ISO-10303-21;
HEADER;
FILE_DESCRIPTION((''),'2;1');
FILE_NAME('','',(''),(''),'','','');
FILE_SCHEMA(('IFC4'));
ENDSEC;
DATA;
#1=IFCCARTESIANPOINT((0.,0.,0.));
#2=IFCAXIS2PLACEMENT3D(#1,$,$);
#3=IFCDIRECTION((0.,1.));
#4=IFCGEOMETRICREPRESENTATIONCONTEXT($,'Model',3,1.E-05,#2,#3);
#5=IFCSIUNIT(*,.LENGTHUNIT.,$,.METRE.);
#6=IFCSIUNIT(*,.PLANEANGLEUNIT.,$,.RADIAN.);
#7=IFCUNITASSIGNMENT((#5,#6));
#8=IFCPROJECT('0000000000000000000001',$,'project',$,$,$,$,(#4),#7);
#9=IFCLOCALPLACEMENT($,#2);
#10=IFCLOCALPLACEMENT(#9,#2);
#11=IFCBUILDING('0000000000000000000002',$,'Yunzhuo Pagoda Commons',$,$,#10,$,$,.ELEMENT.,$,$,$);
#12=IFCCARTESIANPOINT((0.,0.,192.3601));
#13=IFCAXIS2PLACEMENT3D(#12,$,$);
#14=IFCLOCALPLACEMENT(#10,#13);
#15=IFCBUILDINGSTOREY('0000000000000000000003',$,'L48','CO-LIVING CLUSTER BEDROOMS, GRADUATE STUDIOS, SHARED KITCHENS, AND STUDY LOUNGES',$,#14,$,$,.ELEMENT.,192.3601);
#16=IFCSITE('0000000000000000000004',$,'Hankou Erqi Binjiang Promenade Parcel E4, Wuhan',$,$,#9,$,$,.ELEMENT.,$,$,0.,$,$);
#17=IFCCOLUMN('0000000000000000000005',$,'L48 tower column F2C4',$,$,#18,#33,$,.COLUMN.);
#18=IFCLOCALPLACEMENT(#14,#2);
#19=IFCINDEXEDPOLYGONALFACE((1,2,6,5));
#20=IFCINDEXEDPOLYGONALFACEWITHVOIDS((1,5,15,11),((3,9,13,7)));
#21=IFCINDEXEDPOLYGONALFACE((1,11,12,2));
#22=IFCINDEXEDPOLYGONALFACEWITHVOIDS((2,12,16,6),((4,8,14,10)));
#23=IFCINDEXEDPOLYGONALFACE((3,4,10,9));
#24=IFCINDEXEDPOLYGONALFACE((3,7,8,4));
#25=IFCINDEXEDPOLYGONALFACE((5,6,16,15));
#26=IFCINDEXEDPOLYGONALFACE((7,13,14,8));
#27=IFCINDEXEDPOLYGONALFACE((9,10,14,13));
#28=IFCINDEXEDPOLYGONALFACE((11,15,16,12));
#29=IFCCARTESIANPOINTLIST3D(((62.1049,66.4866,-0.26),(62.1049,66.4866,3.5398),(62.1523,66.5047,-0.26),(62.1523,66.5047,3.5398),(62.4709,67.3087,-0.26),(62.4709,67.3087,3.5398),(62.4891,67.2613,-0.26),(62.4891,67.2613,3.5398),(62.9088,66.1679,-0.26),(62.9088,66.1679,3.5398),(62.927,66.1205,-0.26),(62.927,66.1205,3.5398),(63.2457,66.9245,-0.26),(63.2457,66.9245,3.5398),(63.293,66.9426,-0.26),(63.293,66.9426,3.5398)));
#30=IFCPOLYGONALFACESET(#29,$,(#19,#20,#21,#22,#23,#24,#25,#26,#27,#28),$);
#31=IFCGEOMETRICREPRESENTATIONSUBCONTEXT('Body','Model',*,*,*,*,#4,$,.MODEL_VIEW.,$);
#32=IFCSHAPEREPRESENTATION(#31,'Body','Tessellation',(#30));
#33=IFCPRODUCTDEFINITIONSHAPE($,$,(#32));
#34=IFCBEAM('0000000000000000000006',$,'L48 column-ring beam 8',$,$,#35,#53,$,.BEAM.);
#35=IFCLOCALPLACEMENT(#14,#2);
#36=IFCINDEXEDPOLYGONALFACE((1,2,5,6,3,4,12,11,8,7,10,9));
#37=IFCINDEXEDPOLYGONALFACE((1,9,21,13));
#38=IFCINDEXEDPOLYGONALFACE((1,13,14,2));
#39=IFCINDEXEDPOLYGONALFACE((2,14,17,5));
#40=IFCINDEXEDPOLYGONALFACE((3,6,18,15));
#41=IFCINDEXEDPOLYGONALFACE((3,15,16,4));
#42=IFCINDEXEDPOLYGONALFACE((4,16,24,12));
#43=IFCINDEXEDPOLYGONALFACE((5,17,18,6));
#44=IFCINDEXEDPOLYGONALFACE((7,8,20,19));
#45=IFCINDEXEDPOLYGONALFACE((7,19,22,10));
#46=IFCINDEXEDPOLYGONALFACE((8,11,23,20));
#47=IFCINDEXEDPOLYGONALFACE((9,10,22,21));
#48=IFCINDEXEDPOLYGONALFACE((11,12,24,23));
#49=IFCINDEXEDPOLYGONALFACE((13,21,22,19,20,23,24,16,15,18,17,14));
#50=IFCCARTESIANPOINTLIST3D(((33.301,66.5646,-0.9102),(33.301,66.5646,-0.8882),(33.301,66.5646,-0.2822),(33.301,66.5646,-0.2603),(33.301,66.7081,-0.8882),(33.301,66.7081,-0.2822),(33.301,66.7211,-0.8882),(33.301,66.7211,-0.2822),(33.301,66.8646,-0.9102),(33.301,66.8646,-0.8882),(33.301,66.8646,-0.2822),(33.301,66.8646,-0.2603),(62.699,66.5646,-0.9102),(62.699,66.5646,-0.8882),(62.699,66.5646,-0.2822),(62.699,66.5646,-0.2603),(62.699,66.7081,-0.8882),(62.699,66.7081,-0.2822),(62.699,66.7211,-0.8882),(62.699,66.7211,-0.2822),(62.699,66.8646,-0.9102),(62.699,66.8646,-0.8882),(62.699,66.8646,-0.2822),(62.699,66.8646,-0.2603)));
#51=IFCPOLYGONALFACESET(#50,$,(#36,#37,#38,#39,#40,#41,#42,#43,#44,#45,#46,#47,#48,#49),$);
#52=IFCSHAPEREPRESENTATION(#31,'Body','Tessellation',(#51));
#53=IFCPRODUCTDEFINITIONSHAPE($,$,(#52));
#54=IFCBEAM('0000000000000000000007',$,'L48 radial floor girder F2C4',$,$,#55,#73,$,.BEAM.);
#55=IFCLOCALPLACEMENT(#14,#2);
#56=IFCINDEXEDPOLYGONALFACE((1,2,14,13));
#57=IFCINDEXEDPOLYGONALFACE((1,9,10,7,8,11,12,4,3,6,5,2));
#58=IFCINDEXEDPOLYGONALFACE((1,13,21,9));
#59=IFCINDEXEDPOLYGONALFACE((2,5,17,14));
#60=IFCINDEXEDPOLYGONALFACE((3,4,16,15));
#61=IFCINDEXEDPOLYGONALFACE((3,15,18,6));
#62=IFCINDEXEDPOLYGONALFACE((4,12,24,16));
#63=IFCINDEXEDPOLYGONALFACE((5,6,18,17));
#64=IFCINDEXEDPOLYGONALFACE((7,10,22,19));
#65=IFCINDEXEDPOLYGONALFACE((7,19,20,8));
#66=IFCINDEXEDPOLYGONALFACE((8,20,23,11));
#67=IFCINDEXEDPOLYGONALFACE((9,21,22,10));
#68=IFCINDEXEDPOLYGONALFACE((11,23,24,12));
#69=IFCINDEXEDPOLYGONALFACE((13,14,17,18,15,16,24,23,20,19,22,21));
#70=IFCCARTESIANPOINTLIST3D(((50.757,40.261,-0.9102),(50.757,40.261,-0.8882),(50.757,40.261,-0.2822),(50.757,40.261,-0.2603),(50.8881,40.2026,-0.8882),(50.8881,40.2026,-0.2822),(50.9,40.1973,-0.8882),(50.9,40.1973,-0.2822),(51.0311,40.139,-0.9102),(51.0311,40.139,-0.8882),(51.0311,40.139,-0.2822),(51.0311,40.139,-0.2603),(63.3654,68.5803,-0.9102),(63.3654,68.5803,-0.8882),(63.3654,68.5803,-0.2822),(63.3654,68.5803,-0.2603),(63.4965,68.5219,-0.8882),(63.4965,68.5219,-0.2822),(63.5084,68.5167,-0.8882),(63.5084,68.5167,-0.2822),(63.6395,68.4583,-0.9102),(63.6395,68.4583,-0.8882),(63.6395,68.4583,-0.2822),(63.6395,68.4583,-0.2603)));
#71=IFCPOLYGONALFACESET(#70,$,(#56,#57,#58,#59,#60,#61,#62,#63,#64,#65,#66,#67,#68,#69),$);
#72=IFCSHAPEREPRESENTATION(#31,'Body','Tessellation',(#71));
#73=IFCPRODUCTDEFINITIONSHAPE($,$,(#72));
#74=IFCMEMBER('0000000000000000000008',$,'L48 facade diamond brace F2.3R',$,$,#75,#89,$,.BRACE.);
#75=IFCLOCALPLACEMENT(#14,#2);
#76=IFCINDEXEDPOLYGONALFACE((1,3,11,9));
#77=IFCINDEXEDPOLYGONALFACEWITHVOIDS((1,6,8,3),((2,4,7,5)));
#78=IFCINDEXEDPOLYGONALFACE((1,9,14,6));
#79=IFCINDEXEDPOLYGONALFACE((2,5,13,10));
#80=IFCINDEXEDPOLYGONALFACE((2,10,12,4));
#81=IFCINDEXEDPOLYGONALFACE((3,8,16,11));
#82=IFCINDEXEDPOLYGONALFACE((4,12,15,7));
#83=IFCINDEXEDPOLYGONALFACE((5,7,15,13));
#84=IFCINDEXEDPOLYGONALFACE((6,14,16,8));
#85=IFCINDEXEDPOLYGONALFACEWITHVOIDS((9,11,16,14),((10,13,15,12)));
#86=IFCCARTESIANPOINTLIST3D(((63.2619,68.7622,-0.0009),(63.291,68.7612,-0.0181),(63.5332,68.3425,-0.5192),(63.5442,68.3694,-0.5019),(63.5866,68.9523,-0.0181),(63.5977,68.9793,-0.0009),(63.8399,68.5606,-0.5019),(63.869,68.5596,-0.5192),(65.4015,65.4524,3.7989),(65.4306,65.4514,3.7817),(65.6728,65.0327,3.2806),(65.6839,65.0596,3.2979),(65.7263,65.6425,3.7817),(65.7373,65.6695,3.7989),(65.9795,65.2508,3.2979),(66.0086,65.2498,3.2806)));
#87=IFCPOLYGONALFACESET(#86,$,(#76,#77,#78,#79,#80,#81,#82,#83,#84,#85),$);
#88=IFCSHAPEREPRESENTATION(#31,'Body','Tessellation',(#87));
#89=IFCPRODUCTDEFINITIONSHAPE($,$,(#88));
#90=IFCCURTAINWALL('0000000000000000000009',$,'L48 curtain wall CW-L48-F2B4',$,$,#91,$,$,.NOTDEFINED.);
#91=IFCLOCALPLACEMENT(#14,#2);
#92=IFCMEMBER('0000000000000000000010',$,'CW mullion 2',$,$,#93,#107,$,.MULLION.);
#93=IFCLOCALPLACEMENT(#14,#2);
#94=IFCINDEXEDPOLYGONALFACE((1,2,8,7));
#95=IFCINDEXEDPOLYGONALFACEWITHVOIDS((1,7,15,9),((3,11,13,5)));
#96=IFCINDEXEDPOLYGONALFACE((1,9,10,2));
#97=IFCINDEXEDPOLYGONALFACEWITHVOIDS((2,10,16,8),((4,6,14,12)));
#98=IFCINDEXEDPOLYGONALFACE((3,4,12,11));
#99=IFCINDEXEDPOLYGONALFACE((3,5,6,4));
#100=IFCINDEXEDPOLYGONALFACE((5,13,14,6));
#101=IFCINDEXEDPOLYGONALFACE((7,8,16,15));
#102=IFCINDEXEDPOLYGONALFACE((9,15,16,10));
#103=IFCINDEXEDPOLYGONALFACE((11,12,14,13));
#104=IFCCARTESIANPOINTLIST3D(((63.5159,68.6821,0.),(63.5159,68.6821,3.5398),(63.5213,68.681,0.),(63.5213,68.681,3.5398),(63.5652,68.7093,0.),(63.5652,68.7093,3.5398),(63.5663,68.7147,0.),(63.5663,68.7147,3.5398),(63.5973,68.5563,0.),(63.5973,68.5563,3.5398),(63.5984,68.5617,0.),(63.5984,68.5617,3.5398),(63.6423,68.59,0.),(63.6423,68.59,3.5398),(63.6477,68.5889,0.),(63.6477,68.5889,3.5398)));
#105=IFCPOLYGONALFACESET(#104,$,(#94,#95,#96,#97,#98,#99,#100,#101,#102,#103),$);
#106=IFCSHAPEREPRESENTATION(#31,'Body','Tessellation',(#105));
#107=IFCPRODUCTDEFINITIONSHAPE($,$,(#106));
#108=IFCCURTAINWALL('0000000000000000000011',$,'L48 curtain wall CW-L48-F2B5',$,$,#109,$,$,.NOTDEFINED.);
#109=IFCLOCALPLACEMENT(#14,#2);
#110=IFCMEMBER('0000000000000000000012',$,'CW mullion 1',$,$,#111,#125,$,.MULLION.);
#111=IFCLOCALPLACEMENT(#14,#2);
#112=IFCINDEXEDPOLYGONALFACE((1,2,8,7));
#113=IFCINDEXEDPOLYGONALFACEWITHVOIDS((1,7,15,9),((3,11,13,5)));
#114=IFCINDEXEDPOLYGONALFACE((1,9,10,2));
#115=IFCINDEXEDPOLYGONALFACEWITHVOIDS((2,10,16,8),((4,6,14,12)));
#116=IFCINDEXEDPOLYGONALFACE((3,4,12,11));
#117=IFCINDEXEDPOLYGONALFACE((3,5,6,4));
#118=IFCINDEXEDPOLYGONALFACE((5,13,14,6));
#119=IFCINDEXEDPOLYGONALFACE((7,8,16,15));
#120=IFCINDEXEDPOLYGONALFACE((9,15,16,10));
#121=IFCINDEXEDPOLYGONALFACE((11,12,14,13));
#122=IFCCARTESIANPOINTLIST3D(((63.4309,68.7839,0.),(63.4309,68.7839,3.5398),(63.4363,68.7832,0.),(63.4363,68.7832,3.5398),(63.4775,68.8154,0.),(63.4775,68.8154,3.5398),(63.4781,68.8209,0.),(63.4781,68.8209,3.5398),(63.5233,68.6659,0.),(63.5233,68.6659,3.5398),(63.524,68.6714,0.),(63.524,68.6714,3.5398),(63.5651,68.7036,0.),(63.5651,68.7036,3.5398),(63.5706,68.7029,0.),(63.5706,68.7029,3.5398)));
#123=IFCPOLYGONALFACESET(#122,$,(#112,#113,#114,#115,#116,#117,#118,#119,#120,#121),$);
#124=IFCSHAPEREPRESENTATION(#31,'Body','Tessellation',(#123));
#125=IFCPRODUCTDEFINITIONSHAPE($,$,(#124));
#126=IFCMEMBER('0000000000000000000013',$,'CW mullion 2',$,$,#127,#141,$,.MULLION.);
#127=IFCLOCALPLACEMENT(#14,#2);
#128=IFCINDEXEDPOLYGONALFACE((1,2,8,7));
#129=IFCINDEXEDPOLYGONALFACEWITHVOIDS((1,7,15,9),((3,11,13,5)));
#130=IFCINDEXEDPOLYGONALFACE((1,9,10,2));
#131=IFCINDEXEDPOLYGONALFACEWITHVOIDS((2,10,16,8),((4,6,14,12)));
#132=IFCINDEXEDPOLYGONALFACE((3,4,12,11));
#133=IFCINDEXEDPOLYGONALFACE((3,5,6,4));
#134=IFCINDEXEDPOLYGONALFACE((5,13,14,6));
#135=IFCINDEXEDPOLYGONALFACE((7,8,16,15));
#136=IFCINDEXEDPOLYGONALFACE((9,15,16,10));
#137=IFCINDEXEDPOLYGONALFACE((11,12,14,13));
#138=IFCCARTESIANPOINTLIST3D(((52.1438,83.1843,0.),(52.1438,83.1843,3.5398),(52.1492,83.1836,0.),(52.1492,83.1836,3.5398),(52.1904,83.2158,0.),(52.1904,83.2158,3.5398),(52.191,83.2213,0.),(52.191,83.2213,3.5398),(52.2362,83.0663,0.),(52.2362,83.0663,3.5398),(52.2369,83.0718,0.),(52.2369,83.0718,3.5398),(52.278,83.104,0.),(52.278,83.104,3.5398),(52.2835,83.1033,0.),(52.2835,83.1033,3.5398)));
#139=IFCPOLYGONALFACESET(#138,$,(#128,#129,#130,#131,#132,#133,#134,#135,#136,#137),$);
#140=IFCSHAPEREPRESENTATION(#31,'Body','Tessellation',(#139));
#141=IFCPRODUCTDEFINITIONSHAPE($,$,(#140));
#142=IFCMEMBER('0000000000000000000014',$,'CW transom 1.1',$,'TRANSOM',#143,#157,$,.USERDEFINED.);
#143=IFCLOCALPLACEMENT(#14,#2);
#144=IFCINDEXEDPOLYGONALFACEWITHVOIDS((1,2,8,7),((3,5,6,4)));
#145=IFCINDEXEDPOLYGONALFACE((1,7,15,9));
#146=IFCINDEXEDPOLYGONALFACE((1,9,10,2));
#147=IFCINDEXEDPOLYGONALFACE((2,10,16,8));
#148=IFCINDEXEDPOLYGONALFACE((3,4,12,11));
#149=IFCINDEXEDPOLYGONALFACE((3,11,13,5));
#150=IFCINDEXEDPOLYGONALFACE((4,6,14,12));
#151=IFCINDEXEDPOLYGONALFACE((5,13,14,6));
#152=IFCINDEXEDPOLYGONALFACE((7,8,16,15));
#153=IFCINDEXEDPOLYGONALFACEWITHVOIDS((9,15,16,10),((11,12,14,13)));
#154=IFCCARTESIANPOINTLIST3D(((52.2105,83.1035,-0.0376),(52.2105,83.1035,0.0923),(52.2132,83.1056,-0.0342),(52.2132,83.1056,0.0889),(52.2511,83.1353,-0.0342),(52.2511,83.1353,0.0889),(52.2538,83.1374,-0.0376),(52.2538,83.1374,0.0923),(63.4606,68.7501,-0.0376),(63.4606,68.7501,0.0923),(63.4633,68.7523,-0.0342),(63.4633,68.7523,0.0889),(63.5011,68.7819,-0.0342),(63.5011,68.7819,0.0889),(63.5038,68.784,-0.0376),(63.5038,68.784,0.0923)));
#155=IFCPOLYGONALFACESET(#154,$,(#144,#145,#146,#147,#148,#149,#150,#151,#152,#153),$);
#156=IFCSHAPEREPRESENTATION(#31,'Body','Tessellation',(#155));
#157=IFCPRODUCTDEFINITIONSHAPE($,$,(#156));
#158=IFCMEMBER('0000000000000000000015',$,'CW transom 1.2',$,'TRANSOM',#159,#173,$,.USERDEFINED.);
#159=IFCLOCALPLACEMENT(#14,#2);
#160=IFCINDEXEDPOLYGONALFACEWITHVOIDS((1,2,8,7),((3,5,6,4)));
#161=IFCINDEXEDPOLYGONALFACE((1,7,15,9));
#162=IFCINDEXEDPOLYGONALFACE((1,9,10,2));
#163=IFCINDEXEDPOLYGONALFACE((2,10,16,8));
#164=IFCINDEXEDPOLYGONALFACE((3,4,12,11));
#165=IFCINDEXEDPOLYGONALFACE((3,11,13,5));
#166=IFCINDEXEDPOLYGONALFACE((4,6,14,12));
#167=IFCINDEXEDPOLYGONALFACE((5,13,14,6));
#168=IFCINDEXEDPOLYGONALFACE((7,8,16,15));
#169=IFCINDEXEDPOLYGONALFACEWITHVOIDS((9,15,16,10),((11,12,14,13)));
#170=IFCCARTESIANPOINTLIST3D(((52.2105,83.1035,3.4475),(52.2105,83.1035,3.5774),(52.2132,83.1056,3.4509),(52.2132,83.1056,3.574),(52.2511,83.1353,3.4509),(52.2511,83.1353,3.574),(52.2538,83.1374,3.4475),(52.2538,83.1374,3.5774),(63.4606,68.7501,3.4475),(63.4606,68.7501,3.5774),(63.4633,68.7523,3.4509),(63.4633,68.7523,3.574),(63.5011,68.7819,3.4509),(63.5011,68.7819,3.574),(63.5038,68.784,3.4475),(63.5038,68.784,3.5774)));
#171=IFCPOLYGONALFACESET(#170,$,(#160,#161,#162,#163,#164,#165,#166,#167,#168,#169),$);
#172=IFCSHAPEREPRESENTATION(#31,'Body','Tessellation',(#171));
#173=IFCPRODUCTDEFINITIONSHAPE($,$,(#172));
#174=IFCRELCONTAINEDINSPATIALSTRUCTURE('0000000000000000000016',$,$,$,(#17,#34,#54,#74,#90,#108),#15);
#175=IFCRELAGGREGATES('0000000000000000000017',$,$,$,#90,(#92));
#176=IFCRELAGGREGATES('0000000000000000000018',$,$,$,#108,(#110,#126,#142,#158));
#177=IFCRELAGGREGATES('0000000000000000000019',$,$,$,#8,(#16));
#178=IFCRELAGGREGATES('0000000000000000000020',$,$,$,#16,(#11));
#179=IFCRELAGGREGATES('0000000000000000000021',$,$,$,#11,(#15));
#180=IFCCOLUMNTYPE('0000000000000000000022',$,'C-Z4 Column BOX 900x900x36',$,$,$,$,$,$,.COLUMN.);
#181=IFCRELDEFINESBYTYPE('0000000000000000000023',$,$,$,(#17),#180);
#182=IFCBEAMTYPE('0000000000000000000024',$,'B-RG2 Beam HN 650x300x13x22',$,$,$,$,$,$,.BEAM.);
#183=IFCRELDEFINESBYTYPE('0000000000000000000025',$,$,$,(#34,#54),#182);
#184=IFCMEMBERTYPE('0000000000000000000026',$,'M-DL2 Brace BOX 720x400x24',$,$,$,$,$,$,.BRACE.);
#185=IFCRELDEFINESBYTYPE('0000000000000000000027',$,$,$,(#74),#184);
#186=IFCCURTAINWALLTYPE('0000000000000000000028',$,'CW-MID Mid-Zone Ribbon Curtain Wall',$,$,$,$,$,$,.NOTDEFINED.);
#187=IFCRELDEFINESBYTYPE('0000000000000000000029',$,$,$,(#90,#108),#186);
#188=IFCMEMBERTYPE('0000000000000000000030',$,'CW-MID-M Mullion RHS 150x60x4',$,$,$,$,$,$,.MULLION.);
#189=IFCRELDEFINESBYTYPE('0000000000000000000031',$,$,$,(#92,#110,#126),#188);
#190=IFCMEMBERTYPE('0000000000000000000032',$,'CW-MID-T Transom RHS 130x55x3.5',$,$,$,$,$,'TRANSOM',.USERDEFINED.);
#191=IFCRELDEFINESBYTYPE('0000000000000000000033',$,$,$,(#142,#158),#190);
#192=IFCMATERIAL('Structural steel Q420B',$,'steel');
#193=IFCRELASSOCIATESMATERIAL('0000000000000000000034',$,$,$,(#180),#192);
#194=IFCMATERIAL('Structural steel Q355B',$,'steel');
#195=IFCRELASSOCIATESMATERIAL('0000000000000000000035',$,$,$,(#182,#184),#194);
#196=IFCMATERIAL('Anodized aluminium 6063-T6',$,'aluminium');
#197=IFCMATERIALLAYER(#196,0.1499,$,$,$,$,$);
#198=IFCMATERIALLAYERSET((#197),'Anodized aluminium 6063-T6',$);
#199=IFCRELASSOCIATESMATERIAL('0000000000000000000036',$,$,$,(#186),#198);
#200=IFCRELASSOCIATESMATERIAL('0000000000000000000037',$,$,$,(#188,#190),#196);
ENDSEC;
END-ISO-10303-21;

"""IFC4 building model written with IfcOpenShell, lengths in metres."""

from ifc_helpers import new_model, si_unit, direction, frame, origin, origin_2d, place, context, subcontext, project, spatial, hollow_rectangle, i_section, extrude, source, transform, mapped, material, layer, layer_set, material_profile, profile_set, type_object, element, aggregate, save


model = new_model("IFC4")

# Units and contexts
model_context = context("Model", 3, precision=1e-05, world=origin(), true_north=direction((0.0, 1.0)))
body_context = subcontext(model_context, "Body", "Model", "MODEL_VIEW")
ifc_project = project(units=[si_unit("LENGTHUNIT", "METRE"), si_unit("PLANEANGLEUNIT", "RADIAN")], contexts=[model_context])

# Site, building, storey
site_placement = place(None, origin())
site = spatial("IfcSite", under=ifc_project, at=site_placement, Name="Hankou Erqi Binjiang Promenade Parcel E4, Wuhan", CompositionType="ELEMENT", RefElevation=0.0)
building_placement = place(site_placement, origin())
building = spatial("IfcBuilding", under=site, at=building_placement, Name="Yunzhuo Pagoda Commons", CompositionType="ELEMENT")
storey_placement = place(building_placement, frame((0.0, 0.0, 192.3601)))
storey = spatial("IfcBuildingStorey", under=building, at=storey_placement, Name="L48", Description="CO-LIVING CLUSTER BEDROOMS, GRADUATE STUDIOS, SHARED KITCHENS, AND STUDY LOUNGES", CompositionType="ELEMENT", Elevation=192.3601)

# Column
ifc_material_1 = material(Name="Structural steel Q420B", Category="steel")
ifc_material_profile_1 = material_profile(ifc_material_1, hollow_rectangle(XDim=0.8999, YDim=0.8999, WallThickness=0.0359, at=origin_2d()), Name="Structural steel Q420B")
ifc_profile_set_1 = profile_set([ifc_material_profile_1], Name="Structural steel Q420B")
column_type = type_object("IfcColumnType", Name="C-Z4 Column BOX 900x900x36", PredefinedType="COLUMN", material=ifc_profile_set_1)
shared_shape_1 = source(origin(), body_context, "Body", "SweptSolid", [
    extrude(hollow_rectangle(XDim=0.8999, YDim=0.8999, WallThickness=0.0359, at=origin_2d()), origin(), (0.0, 0.0, 1.0), 3.7998),
])
column_placement = place(storey_placement, frame((62.699, 66.7146, -0.26), z_axis=(0.0, 0.0, 1.0), x_axis=(-0.913545, 0.406737, 0.0)))
element("IfcColumn", 1, at=column_placement, inside=storey, type_object=column_type, Name="L48 tower column F2C4", PredefinedType="COLUMN", context=body_context, shape_type="MappedRepresentation", body=[
    mapped(shared_shape_1, transform((0.0, 0.0, 0.0), scale=1.0)),
])

# Beams
ifc_material_2 = material(Name="Structural steel Q355B", Category="steel")
ifc_material_profile_2 = material_profile(ifc_material_2, i_section(OverallWidth=0.3, OverallDepth=0.6499, WebThickness=0.0129, FlangeThickness=0.022, at=origin_2d()), Name="Structural steel Q355B")
ifc_profile_set_2 = profile_set([ifc_material_profile_2], Name="Structural steel Q355B")
beam_type = type_object("IfcBeamType", Name="B-RG2 Beam HN 650x300x13x22", PredefinedType="BEAM", material=ifc_profile_set_2)
shared_shape_2 = source(origin(), body_context, "Body", "SweptSolid", [
    extrude(i_section(OverallWidth=0.3, OverallDepth=0.6499, WebThickness=0.0129, FlangeThickness=0.022, at=origin_2d()), origin(), (0.0, 0.0, 1.0), 29.3979),
])
beam_1_placement = place(storey_placement, frame((62.699, 66.7146, -0.5852), z_axis=(-1.0, 0.0, 0.0), x_axis=(0.0, -1.0, 0.0)))
element("IfcBeam", 2, at=beam_1_placement, inside=storey, type_object=beam_type, Name="L48 column-ring beam 8", PredefinedType="BEAM", context=body_context, shape_type="MappedRepresentation", body=[
    mapped(shared_shape_2, transform((0.0, 0.0, 0.0), scale=1.0)),
])
shared_shape_3 = source(origin(), body_context, "Body", "SweptSolid", [
    extrude(i_section(OverallWidth=0.3, OverallDepth=0.6499, WebThickness=0.0129, FlangeThickness=0.022, at=origin_2d()), origin(), (0.0, 0.0, 1.0), 30.9993),
])
beam_2_placement = place(storey_placement, frame((63.5024, 68.5193, -0.5852), z_axis=(-0.406732, -0.913548, 0.0), x_axis=(0.913548, -0.406732, 0.0)))
element("IfcBeam", 3, at=beam_2_placement, inside=storey, type_object=beam_type, Name="L48 radial floor girder F2C4", PredefinedType="BEAM", context=body_context, shape_type="MappedRepresentation", body=[
    mapped(shared_shape_3, transform((0.0, 0.0, 0.0), scale=1.0)),
])

# Member
ifc_material_profile_3 = material_profile(ifc_material_2, hollow_rectangle(XDim=0.3999, YDim=0.72, WallThickness=0.0239, at=origin_2d()), Name="Structural steel Q355B")
ifc_profile_set_3 = profile_set([ifc_material_profile_3], Name="Structural steel Q355B")
member_type_1 = type_object("IfcMemberType", Name="M-DL2 Brace BOX 720x400x24", PredefinedType="BRACE", material=ifc_profile_set_3)
shared_shape_4 = source(origin(), body_context, "Body", "SweptSolid", [
    extrude(hollow_rectangle(XDim=0.3999, YDim=0.72, WallThickness=0.0239, at=origin_2d()), origin(), (0.0, 0.0, 1.0), 5.4746),
])
member_1_placement = place(storey_placement, frame((63.5654, 68.6609, -0.26), z_axis=(0.39083, -0.604574, 0.694076), x_axis=(0.839801, 0.542894, 0.0)))
element("IfcMember", 4, at=member_1_placement, inside=storey, type_object=member_type_1, Name="L48 facade diamond brace F2.3R", PredefinedType="BRACE", context=body_context, shape_type="MappedRepresentation", body=[
    mapped(shared_shape_4, transform((0.0, 0.0, 0.0), scale=1.0)),
])

# Curtain wall, member
ifc_material_3 = material(Name="Anodized aluminium 6063-T6", Category="aluminium")
ifc_layer_1 = layer(ifc_material_3, 0.1499)
ifc_layer_set_1 = layer_set([ifc_layer_1], Name="Anodized aluminium 6063-T6")
curtain_wall_type = type_object("IfcCurtainWallType", Name="CW-MID Mid-Zone Ribbon Curtain Wall", PredefinedType="NOTDEFINED", material=ifc_layer_set_1)
curtain_wall_1_placement = place(storey_placement, origin())
curtain_wall_1 = element("IfcCurtainWall", 5, at=curtain_wall_1_placement, inside=storey, type_object=curtain_wall_type, Name="L48 curtain wall CW-L48-F2B4", PredefinedType="NOTDEFINED")
ifc_material_profile_4 = material_profile(ifc_material_3, hollow_rectangle(XDim=0.0601, YDim=0.1499, WallThickness=0.0039, at=origin_2d()), Name="Anodized aluminium 6063-T6")
ifc_profile_set_4 = profile_set([ifc_material_profile_4], Name="Anodized aluminium 6063-T6")
member_type_2 = type_object("IfcMemberType", Name="CW-MID-M Mullion RHS 150x60x4", PredefinedType="MULLION", material=ifc_profile_set_4)
shared_shape_5 = source(origin(), body_context, "Body", "SweptSolid", [
    extrude(hollow_rectangle(XDim=0.0601, YDim=0.1499, WallThickness=0.0039, at=origin_2d()), origin(), (0.0, 0.0, 1.0), 3.5398),
])
member_2_placement = place(storey_placement, frame((63.5818, 68.6355, 0.0), z_axis=(0.0, 0.0, 1.0), x_axis=(-0.839794, -0.542905, 0.0)))
member_2 = element("IfcMember", 6, at=member_2_placement, type_object=member_type_2, Name="CW mullion 2", PredefinedType="MULLION", context=body_context, shape_type="MappedRepresentation", body=[
    mapped(shared_shape_5, transform((0.0, 0.0, 0.0), scale=1.0)),
])

# Curtain wall, members
curtain_wall_2_placement = place(storey_placement, origin())
curtain_wall_2 = element("IfcCurtainWall", 7, at=curtain_wall_2_placement, inside=storey, type_object=curtain_wall_type, Name="L48 curtain wall CW-L48-F2B5", PredefinedType="NOTDEFINED")
member_3_placement = place(storey_placement, frame((63.5007, 68.7434, 0.0), z_axis=(0.0, 0.0, 1.0), x_axis=(-0.78705, -0.616889, 0.0)))
member_3 = element("IfcMember", 8, at=member_3_placement, type_object=member_type_2, Name="CW mullion 1", PredefinedType="MULLION", context=body_context, shape_type="MappedRepresentation", body=[
    mapped(shared_shape_5, transform((0.0, 0.0, 0.0), scale=1.0)),
])
member_4_placement = place(storey_placement, frame((52.2136, 83.1438, 0.0), z_axis=(0.0, 0.0, 1.0), x_axis=(-0.78705, -0.616889, 0.0)))
member_4 = element("IfcMember", 9, at=member_4_placement, type_object=member_type_2, Name="CW mullion 2", PredefinedType="MULLION", context=body_context, shape_type="MappedRepresentation", body=[
    mapped(shared_shape_5, transform((0.0, 0.0, 0.0), scale=1.0)),
])
ifc_material_profile_5 = material_profile(ifc_material_3, hollow_rectangle(XDim=0.0549, YDim=0.1299, WallThickness=0.0034, at=origin_2d()), Name="Anodized aluminium 6063-T6")
ifc_profile_set_5 = profile_set([ifc_material_profile_5], Name="Anodized aluminium 6063-T6")
member_type_3 = type_object("IfcMemberType", Name="CW-MID-T Transom RHS 130x55x3.5", ElementType="TRANSOM", PredefinedType="USERDEFINED", material=ifc_profile_set_5)
shared_shape_6 = source(origin(), body_context, "Body", "SweptSolid", [
    extrude(hollow_rectangle(XDim=0.0549, YDim=0.1299, WallThickness=0.0034, at=origin_2d()), origin(), (0.0, 0.0, 1.0), 18.2368),
])
member_5_placement = place(storey_placement, frame((63.4822, 68.7671, 0.0273), z_axis=(-0.616886, 0.787052, 0.0), x_axis=(-0.787052, -0.616886, 0.0)))
member_5 = element("IfcMember", 10, at=member_5_placement, type_object=member_type_3, Name="CW transom 1.1", ObjectType="TRANSOM", PredefinedType="USERDEFINED", context=body_context, shape_type="MappedRepresentation", body=[
    mapped(shared_shape_6, transform((0.0, 0.0, 0.0), scale=1.0)),
])
member_6_placement = place(storey_placement, frame((63.4822, 68.7671, 3.5125), z_axis=(-0.616886, 0.787052, 0.0), x_axis=(-0.787052, -0.616886, 0.0)))
member_6 = element("IfcMember", 11, at=member_6_placement, type_object=member_type_3, Name="CW transom 1.2", ObjectType="TRANSOM", PredefinedType="USERDEFINED", context=body_context, shape_type="MappedRepresentation", body=[
    mapped(shared_shape_6, transform((0.0, 0.0, 0.0), scale=1.0)),
])

aggregate(curtain_wall_1, [member_2])

aggregate(curtain_wall_2, [member_3, member_4, member_5, member_6])

save(model, "model.ifc")
